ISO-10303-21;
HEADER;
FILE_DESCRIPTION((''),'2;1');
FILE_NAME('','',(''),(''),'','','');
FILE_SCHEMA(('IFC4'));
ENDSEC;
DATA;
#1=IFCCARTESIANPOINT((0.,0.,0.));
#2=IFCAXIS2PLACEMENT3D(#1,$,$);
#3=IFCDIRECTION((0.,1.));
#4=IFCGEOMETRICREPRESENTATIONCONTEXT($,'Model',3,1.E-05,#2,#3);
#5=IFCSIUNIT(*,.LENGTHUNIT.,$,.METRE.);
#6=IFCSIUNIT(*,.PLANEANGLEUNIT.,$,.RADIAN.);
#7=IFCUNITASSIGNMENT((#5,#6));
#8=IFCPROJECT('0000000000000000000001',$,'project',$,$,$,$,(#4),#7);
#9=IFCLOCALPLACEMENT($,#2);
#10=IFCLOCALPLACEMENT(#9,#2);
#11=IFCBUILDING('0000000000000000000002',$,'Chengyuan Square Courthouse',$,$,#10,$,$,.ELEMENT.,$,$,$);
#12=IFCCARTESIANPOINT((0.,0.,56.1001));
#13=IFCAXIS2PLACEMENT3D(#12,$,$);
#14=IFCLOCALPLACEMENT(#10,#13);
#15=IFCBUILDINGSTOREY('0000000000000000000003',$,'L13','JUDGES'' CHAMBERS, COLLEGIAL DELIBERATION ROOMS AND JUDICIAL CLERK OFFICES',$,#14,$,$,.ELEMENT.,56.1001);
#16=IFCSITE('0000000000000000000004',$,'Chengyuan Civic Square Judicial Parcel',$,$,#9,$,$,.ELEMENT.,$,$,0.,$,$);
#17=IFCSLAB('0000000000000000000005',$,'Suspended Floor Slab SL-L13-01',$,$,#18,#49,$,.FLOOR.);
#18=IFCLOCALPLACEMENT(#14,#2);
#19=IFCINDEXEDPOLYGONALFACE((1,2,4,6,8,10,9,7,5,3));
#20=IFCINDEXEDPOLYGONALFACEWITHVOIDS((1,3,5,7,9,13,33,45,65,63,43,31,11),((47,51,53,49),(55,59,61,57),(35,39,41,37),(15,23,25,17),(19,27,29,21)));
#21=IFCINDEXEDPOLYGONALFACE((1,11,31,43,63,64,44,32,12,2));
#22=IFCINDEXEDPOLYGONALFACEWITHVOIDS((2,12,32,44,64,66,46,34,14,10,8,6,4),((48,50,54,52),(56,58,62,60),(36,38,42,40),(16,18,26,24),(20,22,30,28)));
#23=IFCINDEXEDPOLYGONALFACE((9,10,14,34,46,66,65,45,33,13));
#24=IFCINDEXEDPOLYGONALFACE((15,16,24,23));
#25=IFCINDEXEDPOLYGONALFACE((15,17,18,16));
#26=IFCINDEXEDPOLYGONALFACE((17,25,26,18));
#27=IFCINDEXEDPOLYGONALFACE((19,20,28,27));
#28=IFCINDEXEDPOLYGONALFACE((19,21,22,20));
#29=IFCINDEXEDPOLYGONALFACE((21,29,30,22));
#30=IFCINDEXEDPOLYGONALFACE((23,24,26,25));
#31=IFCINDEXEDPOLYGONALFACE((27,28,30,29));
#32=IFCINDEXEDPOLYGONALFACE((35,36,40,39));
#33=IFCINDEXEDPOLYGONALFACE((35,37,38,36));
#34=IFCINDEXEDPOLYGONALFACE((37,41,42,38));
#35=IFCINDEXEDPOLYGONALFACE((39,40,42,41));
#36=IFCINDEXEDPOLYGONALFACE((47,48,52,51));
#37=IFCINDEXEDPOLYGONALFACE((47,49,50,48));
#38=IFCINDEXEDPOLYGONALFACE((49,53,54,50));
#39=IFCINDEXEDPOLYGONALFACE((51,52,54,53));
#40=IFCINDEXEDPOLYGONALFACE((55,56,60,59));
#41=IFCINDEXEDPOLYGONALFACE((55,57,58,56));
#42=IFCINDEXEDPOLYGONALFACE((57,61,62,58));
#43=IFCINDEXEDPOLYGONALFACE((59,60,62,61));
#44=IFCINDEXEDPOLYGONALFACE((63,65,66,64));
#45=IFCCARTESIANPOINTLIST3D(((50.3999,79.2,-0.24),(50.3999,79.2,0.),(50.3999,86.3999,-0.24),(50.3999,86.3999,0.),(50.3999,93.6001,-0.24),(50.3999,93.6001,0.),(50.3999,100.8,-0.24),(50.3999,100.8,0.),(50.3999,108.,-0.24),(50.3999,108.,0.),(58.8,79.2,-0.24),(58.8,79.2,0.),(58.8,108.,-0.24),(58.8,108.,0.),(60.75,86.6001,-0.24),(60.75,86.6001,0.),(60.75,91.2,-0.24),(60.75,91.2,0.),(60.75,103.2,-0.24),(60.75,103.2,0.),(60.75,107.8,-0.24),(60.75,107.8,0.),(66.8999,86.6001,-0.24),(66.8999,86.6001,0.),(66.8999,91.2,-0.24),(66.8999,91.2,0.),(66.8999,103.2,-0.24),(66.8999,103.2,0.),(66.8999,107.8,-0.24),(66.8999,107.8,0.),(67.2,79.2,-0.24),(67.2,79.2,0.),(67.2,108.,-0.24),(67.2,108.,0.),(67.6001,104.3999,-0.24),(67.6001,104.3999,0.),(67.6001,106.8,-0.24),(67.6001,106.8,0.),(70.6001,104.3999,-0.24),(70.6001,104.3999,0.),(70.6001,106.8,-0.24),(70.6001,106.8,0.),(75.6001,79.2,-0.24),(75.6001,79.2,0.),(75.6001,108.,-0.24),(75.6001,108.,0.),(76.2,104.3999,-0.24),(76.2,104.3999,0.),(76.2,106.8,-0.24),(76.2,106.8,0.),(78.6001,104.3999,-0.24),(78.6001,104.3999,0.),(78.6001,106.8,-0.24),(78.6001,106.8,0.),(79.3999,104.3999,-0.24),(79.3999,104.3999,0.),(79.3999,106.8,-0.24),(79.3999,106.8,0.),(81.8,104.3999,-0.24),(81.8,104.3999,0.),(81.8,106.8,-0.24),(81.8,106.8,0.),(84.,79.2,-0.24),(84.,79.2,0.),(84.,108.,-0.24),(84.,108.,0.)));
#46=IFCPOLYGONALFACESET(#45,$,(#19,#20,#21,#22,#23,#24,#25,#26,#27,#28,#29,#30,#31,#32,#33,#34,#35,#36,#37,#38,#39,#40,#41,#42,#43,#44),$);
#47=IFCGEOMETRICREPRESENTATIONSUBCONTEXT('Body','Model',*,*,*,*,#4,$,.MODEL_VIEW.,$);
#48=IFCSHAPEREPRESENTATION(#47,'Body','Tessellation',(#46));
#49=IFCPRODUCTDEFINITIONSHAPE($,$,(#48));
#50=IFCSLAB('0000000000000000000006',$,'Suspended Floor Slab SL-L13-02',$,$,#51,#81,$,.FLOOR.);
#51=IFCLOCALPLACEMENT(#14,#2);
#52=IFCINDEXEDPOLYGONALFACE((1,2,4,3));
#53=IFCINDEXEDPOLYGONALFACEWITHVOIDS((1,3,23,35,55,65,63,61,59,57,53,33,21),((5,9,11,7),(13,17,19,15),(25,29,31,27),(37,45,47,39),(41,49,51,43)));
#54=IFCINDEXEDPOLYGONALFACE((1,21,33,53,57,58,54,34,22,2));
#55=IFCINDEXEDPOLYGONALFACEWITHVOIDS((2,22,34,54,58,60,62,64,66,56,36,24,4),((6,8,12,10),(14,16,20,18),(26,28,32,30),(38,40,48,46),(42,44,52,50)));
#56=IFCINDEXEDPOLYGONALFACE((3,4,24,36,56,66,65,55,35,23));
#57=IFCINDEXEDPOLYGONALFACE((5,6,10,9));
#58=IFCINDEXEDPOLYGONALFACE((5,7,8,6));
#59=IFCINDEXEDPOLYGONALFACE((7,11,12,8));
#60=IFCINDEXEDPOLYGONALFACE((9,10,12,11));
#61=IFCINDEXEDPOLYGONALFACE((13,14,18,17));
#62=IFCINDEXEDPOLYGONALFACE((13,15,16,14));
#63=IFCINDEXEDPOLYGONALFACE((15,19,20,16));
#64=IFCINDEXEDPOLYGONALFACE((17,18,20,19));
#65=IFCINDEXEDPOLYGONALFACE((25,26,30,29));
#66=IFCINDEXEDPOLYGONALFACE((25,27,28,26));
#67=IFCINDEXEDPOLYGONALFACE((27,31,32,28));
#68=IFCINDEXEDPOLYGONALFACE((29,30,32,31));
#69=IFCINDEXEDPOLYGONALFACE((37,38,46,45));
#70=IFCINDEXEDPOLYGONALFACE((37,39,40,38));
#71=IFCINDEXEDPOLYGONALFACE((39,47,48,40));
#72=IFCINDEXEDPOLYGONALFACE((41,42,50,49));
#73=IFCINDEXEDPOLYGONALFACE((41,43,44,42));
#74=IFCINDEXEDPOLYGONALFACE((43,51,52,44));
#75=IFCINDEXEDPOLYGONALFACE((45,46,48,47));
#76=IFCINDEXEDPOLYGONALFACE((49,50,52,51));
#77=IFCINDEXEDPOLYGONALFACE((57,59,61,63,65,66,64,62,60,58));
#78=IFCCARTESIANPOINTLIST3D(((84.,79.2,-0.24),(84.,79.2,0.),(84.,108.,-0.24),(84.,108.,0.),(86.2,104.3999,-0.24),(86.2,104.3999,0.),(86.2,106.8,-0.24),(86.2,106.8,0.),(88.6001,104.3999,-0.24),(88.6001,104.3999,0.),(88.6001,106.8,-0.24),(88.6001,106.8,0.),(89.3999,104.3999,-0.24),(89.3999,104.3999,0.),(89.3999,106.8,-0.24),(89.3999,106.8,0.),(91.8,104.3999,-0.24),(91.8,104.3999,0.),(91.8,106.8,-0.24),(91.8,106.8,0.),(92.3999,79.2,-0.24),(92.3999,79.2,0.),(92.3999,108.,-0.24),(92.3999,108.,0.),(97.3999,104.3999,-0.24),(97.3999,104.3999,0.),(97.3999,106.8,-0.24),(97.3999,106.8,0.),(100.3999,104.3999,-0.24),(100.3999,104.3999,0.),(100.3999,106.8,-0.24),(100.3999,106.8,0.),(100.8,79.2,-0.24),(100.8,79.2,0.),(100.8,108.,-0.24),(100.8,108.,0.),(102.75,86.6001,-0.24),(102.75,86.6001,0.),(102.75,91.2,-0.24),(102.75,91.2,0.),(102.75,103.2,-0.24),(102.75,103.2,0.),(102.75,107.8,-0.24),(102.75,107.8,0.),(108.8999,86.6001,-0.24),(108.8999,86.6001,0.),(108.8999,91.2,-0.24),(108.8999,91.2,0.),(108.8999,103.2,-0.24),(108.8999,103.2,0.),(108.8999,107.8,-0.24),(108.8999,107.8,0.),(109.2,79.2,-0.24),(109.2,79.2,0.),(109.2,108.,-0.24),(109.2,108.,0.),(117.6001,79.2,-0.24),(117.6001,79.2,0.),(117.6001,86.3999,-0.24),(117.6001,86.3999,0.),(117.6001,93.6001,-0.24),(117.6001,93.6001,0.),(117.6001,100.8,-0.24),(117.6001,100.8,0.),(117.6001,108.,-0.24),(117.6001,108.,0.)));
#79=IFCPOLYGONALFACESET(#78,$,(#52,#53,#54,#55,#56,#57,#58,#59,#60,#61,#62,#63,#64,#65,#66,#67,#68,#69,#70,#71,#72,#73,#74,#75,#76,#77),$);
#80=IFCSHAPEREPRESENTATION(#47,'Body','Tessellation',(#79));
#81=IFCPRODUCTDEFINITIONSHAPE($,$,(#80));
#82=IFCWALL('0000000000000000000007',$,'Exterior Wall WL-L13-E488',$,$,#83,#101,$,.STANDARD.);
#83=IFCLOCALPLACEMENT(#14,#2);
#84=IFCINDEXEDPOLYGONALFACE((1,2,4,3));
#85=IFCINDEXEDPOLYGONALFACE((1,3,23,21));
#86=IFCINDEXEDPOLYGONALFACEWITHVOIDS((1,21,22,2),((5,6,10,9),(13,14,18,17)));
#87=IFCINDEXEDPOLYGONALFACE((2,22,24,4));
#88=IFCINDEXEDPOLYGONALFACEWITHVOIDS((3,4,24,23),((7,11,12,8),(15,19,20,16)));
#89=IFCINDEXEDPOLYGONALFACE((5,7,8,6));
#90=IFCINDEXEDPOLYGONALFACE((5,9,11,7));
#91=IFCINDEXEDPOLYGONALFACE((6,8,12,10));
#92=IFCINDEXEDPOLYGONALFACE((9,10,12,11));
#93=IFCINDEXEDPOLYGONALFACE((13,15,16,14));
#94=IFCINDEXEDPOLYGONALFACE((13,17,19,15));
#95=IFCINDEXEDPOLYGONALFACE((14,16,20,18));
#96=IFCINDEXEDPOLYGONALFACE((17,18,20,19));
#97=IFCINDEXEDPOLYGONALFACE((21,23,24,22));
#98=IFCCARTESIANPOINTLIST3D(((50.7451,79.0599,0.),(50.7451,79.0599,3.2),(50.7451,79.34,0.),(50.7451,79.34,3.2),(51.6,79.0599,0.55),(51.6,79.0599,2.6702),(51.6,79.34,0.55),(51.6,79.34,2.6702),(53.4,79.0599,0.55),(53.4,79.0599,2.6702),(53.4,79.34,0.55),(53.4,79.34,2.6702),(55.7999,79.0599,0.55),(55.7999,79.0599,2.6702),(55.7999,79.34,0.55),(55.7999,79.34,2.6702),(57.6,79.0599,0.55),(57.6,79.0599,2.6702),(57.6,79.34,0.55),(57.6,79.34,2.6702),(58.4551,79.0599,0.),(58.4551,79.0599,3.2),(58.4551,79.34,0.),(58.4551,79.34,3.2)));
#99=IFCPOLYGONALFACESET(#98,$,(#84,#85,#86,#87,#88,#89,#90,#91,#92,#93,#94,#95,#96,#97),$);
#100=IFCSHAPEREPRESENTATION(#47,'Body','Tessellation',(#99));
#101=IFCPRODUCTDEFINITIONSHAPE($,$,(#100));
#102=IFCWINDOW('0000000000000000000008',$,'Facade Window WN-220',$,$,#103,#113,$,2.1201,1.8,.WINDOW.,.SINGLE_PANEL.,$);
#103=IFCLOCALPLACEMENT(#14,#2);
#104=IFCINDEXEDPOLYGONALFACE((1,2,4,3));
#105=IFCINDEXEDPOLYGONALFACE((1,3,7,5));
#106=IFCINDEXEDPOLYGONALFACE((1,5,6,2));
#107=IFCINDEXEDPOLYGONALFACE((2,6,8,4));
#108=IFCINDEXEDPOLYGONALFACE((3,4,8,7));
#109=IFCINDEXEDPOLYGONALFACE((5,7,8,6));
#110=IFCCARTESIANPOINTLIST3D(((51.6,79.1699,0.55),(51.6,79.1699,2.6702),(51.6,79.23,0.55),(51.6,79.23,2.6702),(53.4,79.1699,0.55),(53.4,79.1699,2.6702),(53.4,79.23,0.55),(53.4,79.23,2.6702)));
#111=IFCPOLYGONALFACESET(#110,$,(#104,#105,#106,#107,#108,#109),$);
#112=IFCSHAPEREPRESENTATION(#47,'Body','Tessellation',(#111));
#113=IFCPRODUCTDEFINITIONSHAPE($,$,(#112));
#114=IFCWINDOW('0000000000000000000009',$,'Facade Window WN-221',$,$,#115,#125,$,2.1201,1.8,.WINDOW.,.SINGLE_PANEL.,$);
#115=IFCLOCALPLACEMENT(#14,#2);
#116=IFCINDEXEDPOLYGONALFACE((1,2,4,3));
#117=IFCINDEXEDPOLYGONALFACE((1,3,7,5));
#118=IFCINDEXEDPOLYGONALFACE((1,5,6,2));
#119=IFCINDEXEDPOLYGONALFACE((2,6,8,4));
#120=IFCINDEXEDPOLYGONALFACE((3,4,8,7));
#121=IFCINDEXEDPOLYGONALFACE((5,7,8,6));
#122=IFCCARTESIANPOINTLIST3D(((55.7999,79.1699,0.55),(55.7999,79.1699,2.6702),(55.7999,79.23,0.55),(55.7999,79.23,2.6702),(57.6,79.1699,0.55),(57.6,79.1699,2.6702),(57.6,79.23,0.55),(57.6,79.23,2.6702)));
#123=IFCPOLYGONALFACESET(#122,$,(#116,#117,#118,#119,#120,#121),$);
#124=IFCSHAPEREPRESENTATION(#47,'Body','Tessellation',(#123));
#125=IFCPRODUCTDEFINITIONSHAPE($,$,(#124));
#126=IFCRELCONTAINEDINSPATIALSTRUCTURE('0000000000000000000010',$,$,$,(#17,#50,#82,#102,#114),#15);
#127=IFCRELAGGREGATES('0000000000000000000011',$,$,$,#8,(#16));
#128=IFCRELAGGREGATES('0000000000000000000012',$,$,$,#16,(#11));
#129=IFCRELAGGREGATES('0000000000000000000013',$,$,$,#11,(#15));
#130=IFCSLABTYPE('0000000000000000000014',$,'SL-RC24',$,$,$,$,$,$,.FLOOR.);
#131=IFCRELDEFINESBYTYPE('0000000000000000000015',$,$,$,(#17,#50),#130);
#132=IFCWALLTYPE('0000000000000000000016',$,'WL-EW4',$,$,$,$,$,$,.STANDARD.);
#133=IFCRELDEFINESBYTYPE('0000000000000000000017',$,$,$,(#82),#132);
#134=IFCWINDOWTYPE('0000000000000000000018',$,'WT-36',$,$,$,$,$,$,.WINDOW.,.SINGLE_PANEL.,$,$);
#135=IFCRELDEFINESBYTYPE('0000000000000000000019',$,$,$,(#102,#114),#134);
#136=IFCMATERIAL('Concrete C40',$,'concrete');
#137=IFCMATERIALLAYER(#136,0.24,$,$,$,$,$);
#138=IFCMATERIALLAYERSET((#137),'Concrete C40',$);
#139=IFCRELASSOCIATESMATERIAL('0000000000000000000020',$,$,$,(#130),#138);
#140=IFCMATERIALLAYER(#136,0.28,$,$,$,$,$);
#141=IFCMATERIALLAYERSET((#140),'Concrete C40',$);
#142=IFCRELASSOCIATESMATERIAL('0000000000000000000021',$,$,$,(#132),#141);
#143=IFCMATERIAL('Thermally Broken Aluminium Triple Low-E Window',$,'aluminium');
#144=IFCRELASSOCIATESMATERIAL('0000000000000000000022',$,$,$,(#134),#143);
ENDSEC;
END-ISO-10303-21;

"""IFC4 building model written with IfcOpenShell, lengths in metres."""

from ifc_helpers import new_model, si_unit, direction, frame, frame_2d, origin, place, context, subcontext, project, spatial, polyline, rectangle, outline, extrude, material, layer, layer_set, type_object, element, fill, save


model = new_model("IFC4")

# Units and contexts
model_context = context("Model", 3, precision=1e-05, world=origin(), true_north=direction((0.0, 1.0)))
body_context = subcontext(model_context, "Body", "Model", "MODEL_VIEW")
ifc_project = project(units=[si_unit("LENGTHUNIT", "METRE"), si_unit("PLANEANGLEUNIT", "RADIAN")], contexts=[model_context])

# Site, building, storey
site_placement = place(None, origin())
site = spatial("IfcSite", under=ifc_project, at=site_placement, Name="Chengyuan Civic Square Judicial Parcel", CompositionType="ELEMENT", RefElevation=0.0)
building_placement = place(site_placement, origin())
building = spatial("IfcBuilding", under=site, at=building_placement, Name="Chengyuan Square Courthouse", CompositionType="ELEMENT")
storey_placement = place(building_placement, frame((0.0, 0.0, 56.1001)))
storey = spatial("IfcBuildingStorey", under=building, at=storey_placement, Name="L13", Description="JUDGES' CHAMBERS, COLLEGIAL DELIBERATION ROOMS AND JUDICIAL CLERK OFFICES", CompositionType="ELEMENT", Elevation=56.1001)

# Shared definitions
ifc_material_1 = material(Name="Concrete C40", Category="concrete")

# Slabs
ifc_layer_1 = layer(ifc_material_1, 0.24)
ifc_layer_set_1 = layer_set([ifc_layer_1], Name="Concrete C40")
slab_type_1 = type_object("IfcSlabType", Name="SL-RC24", PredefinedType="FLOOR", material=ifc_layer_set_1)
slab_1_placement = place(storey_placement, frame((0.0, 0.0, -0.24)))
element("IfcSlab", 1, at=slab_1_placement, inside=storey, type_object=slab_type_1, Name="Suspended Floor Slab SL-L13-01", PredefinedType="FLOOR", context=body_context, shape_type="SweptSolid", body=[
    extrude(outline(polyline([(50.3999, 79.2), (50.3999, 86.3999), (50.3999, 93.6001), (50.3999, 100.8), (50.3999, 108.0), (58.8, 108.0), (67.2, 108.0), (75.6001, 108.0), (84.0, 108.0), (84.0, 79.2), (75.6001, 79.2), (67.2, 79.2), (58.8, 79.2), (50.3999, 79.2)]), holes=[polyline([(60.75, 86.6001), (66.8999, 86.6001), (66.8999, 91.2), (60.75, 91.2), (60.75, 86.6001)]), polyline([(60.75, 103.2), (66.8999, 103.2), (66.8999, 107.8), (60.75, 107.8), (60.75, 103.2)]), polyline([(67.6001, 106.8), (67.6001, 104.3999), (70.6001, 104.3999), (70.6001, 106.8), (67.6001, 106.8)]), polyline([(76.2, 104.3999), (78.6001, 104.3999), (78.6001, 106.8), (76.2, 106.8), (76.2, 104.3999)]), polyline([(79.3999, 104.3999), (81.8, 104.3999), (81.8, 106.8), (79.3999, 106.8), (79.3999, 104.3999)])]), origin(), (0.0, 0.0, 1.0), 0.24),
])
slab_2_placement = place(storey_placement, frame((0.0, 0.0, -0.24)))
element("IfcSlab", 2, at=slab_2_placement, inside=storey, type_object=slab_type_1, Name="Suspended Floor Slab SL-L13-02", PredefinedType="FLOOR", context=body_context, shape_type="SweptSolid", body=[
    extrude(outline(polyline([(92.3999, 108.0), (100.8, 108.0), (109.2, 108.0), (117.6001, 108.0), (117.6001, 100.8), (117.6001, 93.6001), (117.6001, 86.3999), (117.6001, 79.2), (109.2, 79.2), (100.8, 79.2), (92.3999, 79.2), (84.0, 79.2), (84.0, 108.0), (92.3999, 108.0)]), holes=[polyline([(102.75, 86.6001), (108.8999, 86.6001), (108.8999, 91.2), (102.75, 91.2), (102.75, 86.6001)]), polyline([(102.75, 107.8), (102.75, 103.2), (108.8999, 103.2), (108.8999, 107.8), (102.75, 107.8)]), polyline([(86.2, 104.3999), (88.6001, 104.3999), (88.6001, 106.8), (86.2, 106.8), (86.2, 104.3999)]), polyline([(89.3999, 106.8), (89.3999, 104.3999), (91.8, 104.3999), (91.8, 106.8), (89.3999, 106.8)]), polyline([(97.3999, 106.8), (97.3999, 104.3999), (100.3999, 104.3999), (100.3999, 106.8), (97.3999, 106.8)])]), origin(), (0.0, 0.0, 1.0), 0.24),
])

# Wall, openings, windows
ifc_layer_2 = layer(ifc_material_1, 0.28)
ifc_layer_set_2 = layer_set([ifc_layer_2], Name="Concrete C40")
wall_type = type_object("IfcWallType", Name="WL-EW4", PredefinedType="STANDARD", material=ifc_layer_set_2)
wall_1_placement = place(storey_placement, frame((50.7451, 79.2, 0.0), z_axis=(0.0, 0.0, 1.0), x_axis=(1.0, 0.0, 0.0)))
wall_1 = element("IfcWall", 3, at=wall_1_placement, inside=storey, type_object=wall_type, Name="Exterior Wall WL-L13-E488", PredefinedType="STANDARD", context=body_context, shape_type="SweptSolid", body=[
    extrude(rectangle(XDim=7.71, YDim=0.28, at=frame_2d((3.855, 0.0))), origin(), (0.0, 0.0, 1.0), 3.2),
])
opening_1_placement = place(wall_1_placement, frame((0.855, 0.0, 0.55)))
opening_1 = element("IfcOpeningElement", 4, at=opening_1_placement, cuts=wall_1, PredefinedType="OPENING", context=body_context, shape_type="SweptSolid", body=[
    extrude(rectangle(XDim=1.8, YDim=2.1201, at=frame_2d((0.8999, 1.0601))), frame((0.0, 0.1521, 0.0), z_axis=(0.0, -1.0, 0.0), x_axis=(1.0, 0.0, 0.0)), (0.0, 0.0, 1.0), 0.304),
])
opening_2_placement = place(wall_1_placement, frame((5.0549, 0.0, 0.55)))
opening_2 = element("IfcOpeningElement", 5, at=opening_2_placement, cuts=wall_1, PredefinedType="OPENING", context=body_context, shape_type="SweptSolid", body=[
    extrude(rectangle(XDim=1.8, YDim=2.1201, at=frame_2d((0.8999, 1.0601))), frame((0.0, 0.1521, 0.0), z_axis=(0.0, -1.0, 0.0), x_axis=(1.0, 0.0, 0.0)), (0.0, 0.0, 1.0), 0.304),
])
ifc_material_2 = material(Name="Thermally Broken Aluminium Triple Low-E Window", Category="aluminium")
window_type = type_object("IfcWindowType", Name="WT-36", PartitioningType="SINGLE_PANEL", PredefinedType="WINDOW", material=ifc_material_2)
window_1_placement = place(opening_1_placement, origin())
window_1 = element("IfcWindow", 6, at=window_1_placement, inside=storey, type_object=window_type, Name="Facade Window WN-220", OverallHeight=2.1201, OverallWidth=1.8, PartitioningType="SINGLE_PANEL", PredefinedType="WINDOW", context=body_context, shape_type="SweptSolid", body=[
    extrude(rectangle(XDim=1.8, YDim=2.1201, at=frame_2d((0.8999, 1.0601))), frame((0.0, 0.03, 0.0), z_axis=(0.0, -1.0, 0.0), x_axis=(1.0, 0.0, 0.0)), (0.0, 0.0, 1.0), 0.0601),
])
fill(opening_1, window_1)
window_2_placement = place(opening_2_placement, origin())
window_2 = element("IfcWindow", 7, at=window_2_placement, inside=storey, type_object=window_type, Name="Facade Window WN-221", OverallHeight=2.1201, OverallWidth=1.8, PartitioningType="SINGLE_PANEL", PredefinedType="WINDOW", context=body_context, shape_type="SweptSolid", body=[
    extrude(rectangle(XDim=1.8, YDim=2.1201, at=frame_2d((0.8999, 1.0601))), frame((0.0, 0.03, 0.0), z_axis=(0.0, -1.0, 0.0), x_axis=(1.0, 0.0, 0.0)), (0.0, 0.0, 1.0), 0.0601),
])
fill(opening_2, window_2)

save(model, "model.ifc")
